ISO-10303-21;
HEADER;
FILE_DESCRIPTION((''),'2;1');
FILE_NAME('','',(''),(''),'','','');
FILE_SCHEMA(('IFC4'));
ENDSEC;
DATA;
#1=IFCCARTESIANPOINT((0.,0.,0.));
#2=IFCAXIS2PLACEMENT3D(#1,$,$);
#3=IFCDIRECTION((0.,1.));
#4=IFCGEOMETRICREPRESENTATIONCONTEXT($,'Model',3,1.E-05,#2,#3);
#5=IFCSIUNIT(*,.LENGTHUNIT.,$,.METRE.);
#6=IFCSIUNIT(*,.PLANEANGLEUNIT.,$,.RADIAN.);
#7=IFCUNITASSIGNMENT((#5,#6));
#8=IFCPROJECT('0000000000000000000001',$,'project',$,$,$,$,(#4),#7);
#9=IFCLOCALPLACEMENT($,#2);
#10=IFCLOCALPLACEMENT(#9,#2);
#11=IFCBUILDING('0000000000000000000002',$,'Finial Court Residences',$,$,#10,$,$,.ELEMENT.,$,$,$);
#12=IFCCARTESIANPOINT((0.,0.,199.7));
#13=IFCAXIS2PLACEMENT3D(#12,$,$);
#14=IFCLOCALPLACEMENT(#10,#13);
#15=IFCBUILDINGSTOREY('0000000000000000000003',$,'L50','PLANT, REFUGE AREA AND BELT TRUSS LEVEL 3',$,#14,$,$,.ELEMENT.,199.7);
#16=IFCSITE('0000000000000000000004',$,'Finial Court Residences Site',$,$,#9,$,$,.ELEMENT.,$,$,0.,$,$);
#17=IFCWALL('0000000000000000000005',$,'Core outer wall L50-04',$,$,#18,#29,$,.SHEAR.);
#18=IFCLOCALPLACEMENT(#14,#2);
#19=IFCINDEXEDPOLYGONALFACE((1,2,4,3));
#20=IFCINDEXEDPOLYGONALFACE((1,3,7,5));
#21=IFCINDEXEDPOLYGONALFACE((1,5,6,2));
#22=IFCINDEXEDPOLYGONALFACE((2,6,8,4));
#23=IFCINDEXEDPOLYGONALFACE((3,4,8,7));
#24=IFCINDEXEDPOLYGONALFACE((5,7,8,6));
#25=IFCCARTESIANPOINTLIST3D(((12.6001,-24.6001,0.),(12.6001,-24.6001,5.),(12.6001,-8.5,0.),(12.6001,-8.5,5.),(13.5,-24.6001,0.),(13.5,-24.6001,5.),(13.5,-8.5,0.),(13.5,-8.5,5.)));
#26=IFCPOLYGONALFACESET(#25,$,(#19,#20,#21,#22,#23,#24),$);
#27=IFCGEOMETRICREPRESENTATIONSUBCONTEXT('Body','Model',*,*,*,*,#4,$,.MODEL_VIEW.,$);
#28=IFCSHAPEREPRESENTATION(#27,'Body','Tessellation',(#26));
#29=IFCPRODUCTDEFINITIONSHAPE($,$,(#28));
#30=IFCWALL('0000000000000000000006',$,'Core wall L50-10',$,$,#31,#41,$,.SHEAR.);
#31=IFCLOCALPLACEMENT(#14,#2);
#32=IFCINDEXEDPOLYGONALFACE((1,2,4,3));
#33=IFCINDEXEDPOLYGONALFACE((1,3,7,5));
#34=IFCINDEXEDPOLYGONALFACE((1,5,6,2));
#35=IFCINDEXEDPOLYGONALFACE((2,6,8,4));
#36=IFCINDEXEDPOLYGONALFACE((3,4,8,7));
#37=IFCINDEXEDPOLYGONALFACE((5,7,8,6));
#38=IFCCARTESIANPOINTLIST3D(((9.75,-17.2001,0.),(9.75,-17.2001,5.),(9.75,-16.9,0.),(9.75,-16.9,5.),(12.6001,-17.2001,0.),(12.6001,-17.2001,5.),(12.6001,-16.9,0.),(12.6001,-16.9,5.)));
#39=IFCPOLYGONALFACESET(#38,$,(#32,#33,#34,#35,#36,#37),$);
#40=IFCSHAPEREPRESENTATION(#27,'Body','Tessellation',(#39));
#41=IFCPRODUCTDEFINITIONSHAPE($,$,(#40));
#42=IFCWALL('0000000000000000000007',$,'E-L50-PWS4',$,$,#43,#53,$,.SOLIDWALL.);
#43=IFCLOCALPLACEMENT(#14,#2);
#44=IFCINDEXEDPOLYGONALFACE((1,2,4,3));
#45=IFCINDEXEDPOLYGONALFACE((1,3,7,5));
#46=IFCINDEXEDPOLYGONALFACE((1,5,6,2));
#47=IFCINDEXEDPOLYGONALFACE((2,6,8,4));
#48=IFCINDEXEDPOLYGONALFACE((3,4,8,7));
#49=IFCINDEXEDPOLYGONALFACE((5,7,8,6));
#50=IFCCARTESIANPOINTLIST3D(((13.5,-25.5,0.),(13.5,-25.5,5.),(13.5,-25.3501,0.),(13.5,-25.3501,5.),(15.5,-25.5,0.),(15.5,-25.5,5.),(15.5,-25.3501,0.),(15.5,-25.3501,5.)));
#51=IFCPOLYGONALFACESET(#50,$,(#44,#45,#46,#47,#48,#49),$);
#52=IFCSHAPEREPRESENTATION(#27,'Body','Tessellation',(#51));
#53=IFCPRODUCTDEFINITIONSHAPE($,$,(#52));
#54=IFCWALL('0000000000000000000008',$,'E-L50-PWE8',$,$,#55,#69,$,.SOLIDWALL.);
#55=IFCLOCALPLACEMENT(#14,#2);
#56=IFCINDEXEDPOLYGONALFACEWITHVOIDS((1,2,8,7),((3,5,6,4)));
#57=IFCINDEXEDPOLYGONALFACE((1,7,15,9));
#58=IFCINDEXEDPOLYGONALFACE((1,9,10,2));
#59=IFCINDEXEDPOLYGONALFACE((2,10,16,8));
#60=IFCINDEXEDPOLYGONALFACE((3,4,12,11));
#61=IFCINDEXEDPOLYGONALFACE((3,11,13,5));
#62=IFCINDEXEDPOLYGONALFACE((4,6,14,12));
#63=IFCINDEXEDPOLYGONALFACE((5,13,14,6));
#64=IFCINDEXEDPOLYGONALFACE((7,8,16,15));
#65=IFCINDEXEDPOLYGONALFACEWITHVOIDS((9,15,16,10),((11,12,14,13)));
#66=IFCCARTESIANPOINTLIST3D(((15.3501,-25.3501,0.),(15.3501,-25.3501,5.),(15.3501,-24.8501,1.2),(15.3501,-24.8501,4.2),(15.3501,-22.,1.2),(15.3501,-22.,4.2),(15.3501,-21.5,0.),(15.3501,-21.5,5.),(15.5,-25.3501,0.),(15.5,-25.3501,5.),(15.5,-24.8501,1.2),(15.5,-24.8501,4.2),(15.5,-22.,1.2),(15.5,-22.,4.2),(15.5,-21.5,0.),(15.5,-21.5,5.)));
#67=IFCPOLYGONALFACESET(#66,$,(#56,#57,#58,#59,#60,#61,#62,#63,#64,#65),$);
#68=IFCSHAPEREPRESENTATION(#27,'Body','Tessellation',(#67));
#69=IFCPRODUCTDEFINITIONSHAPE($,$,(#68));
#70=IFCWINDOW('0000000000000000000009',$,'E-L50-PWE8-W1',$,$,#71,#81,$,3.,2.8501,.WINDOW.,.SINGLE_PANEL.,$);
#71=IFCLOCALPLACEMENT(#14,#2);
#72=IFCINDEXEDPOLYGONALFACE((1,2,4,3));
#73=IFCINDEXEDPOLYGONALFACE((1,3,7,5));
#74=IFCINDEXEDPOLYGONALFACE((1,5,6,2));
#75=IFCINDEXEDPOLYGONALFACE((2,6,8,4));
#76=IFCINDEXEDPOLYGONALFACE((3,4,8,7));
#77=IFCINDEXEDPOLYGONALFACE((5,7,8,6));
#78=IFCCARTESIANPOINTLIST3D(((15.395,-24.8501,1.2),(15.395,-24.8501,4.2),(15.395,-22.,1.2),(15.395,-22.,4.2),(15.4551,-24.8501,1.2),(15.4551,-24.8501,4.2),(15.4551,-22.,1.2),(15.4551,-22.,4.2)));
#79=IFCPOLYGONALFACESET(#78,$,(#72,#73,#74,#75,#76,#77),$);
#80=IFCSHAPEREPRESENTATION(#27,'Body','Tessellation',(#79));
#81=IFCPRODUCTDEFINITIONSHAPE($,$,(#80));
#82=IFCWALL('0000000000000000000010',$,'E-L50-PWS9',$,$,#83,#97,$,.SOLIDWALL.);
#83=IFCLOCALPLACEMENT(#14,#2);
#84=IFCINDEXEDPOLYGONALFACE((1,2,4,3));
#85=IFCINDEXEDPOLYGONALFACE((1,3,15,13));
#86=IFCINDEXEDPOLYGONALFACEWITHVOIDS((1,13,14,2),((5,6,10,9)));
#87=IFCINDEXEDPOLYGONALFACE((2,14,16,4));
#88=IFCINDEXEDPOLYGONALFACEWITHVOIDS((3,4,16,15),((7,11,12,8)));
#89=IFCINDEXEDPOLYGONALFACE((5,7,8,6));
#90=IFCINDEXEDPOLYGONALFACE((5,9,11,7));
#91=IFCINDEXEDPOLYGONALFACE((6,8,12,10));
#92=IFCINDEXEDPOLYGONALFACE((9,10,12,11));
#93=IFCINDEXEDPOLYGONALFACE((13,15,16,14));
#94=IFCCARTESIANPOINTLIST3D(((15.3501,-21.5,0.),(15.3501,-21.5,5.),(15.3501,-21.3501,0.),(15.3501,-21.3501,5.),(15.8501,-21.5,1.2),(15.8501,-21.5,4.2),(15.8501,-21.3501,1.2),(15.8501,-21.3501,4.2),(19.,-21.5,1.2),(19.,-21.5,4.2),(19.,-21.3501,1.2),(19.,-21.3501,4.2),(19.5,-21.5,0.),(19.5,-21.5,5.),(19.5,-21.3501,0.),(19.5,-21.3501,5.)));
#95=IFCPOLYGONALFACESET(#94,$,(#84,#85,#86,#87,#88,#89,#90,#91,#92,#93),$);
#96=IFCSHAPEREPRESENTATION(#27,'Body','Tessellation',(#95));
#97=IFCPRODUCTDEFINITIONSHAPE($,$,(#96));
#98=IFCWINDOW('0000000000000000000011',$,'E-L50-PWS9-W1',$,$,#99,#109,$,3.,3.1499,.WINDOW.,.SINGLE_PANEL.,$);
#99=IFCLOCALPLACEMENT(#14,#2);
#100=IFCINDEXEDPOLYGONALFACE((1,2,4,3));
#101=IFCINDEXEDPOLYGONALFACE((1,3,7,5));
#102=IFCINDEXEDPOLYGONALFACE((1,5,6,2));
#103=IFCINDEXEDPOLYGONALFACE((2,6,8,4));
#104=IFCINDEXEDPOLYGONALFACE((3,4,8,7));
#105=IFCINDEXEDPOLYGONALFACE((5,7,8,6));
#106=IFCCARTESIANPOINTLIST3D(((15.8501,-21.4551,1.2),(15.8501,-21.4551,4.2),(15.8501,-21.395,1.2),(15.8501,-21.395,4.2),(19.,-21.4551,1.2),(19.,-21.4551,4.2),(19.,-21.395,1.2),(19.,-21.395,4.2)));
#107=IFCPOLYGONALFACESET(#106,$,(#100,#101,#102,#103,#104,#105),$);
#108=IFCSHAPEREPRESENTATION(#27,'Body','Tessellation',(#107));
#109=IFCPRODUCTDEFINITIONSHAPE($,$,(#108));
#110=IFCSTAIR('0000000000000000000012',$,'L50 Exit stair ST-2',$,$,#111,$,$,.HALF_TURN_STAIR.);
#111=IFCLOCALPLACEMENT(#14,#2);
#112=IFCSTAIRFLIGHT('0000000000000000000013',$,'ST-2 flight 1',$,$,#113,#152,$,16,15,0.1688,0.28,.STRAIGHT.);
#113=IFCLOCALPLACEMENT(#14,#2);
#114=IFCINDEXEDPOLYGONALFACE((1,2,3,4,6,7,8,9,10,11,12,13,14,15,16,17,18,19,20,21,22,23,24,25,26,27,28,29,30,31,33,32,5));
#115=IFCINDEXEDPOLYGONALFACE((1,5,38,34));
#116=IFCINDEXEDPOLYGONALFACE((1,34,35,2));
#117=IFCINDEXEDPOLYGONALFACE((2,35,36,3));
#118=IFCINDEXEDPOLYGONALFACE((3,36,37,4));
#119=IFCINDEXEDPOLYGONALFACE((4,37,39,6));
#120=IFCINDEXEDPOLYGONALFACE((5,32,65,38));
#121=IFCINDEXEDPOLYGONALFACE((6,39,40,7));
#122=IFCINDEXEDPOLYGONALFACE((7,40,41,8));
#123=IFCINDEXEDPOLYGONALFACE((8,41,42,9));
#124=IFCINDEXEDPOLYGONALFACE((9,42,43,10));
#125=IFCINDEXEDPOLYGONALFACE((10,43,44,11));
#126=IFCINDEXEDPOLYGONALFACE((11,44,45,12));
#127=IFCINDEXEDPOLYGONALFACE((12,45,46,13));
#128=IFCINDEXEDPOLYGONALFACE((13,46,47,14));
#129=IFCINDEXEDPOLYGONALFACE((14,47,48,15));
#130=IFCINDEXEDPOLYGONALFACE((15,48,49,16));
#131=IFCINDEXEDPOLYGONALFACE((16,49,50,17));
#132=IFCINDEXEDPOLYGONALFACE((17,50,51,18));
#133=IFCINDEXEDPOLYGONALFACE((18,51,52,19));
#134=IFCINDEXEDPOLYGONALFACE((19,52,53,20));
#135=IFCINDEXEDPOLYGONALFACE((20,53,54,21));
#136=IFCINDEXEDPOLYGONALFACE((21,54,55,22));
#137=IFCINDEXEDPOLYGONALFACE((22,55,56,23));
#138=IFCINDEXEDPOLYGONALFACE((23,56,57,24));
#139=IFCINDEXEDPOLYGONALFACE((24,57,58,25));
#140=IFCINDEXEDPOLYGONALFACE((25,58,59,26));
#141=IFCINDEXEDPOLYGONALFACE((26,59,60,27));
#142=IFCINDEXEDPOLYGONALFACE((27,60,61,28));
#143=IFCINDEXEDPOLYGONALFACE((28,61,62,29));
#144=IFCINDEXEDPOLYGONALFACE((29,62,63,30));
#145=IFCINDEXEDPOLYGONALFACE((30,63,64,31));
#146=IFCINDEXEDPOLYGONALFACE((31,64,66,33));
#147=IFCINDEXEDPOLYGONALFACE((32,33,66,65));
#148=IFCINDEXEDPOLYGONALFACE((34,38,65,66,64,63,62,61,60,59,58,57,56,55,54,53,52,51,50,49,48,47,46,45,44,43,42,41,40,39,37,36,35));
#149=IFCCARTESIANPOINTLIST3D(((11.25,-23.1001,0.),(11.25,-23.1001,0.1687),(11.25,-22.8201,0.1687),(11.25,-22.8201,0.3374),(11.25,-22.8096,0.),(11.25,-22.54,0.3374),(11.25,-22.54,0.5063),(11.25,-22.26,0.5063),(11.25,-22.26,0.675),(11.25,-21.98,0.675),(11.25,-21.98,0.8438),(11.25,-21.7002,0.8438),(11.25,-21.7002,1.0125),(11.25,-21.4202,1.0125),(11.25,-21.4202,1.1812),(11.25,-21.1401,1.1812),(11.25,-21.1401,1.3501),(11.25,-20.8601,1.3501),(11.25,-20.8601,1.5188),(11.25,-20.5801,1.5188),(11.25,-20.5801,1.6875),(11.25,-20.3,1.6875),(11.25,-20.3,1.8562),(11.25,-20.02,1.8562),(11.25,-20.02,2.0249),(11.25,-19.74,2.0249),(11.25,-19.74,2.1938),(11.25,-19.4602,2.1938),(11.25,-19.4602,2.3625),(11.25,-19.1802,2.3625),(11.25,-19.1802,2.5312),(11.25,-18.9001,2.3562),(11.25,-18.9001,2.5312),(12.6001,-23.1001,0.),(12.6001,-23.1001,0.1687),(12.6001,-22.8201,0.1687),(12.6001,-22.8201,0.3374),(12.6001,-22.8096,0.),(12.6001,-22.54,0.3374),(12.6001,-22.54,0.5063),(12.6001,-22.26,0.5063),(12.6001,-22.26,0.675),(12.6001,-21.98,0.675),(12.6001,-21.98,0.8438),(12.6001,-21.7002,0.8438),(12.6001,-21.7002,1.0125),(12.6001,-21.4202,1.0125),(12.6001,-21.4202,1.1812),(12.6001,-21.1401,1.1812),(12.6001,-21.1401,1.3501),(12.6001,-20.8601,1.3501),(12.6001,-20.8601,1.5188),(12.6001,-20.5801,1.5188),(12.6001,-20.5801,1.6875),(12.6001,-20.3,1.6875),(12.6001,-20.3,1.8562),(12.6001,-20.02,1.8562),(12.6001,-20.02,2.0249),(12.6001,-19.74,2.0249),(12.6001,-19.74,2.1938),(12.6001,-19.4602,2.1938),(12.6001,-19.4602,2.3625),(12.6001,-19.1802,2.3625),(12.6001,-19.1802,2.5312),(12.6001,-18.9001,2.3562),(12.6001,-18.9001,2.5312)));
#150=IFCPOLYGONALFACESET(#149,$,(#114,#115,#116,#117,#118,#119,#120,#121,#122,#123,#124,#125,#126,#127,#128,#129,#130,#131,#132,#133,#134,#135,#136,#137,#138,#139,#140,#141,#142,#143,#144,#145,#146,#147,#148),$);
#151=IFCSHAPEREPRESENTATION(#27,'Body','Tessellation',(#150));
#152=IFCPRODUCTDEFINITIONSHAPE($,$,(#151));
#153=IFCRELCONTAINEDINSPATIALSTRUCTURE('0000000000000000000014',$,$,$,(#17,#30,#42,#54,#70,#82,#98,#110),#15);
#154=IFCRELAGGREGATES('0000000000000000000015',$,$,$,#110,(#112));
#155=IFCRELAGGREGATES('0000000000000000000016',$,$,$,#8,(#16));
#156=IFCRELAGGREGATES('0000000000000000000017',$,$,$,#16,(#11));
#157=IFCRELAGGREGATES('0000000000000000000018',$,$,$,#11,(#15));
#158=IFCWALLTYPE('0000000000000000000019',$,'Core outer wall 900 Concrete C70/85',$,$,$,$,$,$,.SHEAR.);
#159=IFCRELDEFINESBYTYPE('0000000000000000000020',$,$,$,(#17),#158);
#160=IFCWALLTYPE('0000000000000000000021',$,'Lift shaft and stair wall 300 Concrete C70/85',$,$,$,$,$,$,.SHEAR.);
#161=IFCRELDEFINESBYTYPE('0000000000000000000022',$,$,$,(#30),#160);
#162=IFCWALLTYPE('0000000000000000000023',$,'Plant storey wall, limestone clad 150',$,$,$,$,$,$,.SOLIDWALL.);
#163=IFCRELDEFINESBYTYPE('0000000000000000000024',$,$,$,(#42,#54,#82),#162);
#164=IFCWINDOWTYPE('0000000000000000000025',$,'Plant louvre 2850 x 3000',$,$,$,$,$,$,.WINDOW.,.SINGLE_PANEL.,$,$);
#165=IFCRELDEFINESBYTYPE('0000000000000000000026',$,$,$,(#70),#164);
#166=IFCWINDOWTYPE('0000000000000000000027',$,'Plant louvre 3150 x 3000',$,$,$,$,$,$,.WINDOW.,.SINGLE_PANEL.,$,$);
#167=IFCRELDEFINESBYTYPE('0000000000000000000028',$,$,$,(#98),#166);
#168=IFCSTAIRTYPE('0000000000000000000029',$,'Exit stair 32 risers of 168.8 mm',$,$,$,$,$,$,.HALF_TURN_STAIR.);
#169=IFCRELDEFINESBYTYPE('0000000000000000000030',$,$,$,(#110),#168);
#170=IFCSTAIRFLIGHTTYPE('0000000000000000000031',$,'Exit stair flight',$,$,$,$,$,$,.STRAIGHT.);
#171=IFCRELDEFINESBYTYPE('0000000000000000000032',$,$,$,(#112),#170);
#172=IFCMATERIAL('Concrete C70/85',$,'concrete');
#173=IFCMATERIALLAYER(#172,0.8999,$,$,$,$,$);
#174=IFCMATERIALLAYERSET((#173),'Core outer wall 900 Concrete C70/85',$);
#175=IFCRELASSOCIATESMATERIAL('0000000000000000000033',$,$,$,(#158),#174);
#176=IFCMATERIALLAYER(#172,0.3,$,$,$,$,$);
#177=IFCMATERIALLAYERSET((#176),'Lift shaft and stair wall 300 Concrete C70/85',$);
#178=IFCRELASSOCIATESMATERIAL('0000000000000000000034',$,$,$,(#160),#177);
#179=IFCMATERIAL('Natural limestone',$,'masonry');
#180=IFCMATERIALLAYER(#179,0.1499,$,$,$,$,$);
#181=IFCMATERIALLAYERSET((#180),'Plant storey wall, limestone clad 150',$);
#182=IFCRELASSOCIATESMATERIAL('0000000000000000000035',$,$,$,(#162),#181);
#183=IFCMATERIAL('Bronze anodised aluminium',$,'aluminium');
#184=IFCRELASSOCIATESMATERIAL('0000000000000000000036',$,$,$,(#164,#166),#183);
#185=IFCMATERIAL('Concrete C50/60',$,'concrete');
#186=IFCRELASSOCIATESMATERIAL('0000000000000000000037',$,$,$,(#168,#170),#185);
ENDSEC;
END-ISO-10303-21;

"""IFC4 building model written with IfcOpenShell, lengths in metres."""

from ifc_helpers import new_model, si_unit, direction, frame, frame_2d, origin, place, context, subcontext, project, spatial, polyline, rectangle, outline, extrude, material, layer, layer_set, type_object, element, fill, aggregate, save


model = new_model("IFC4")

# Units and contexts
model_context = context("Model", 3, precision=1e-05, world=origin(), true_north=direction((0.0, 1.0)))
body_context = subcontext(model_context, "Body", "Model", "MODEL_VIEW")
ifc_project = project(units=[si_unit("LENGTHUNIT", "METRE"), si_unit("PLANEANGLEUNIT", "RADIAN")], contexts=[model_context])

# Site, building, storey
site_placement = place(None, origin())
site = spatial("IfcSite", under=ifc_project, at=site_placement, Name="Finial Court Residences Site", CompositionType="ELEMENT", RefElevation=0.0)
building_placement = place(site_placement, origin())
building = spatial("IfcBuilding", under=site, at=building_placement, Name="Finial Court Residences", CompositionType="ELEMENT")
storey_placement = place(building_placement, frame((0.0, 0.0, 199.7)))
storey = spatial("IfcBuildingStorey", under=building, at=storey_placement, Name="L50", Description="PLANT, REFUGE AREA AND BELT TRUSS LEVEL 3", CompositionType="ELEMENT", Elevation=199.7)

# Walls
ifc_material_1 = material(Name="Concrete C70/85", Category="concrete")
ifc_layer_1 = layer(ifc_material_1, 0.8999)
ifc_layer_set_1 = layer_set([ifc_layer_1], Name="Core outer wall 900 Concrete C70/85")
wall_type_1 = type_object("IfcWallType", Name="Core outer wall 900 Concrete C70/85", PredefinedType="SHEAR", material=ifc_layer_set_1)
wall_1_placement = place(storey_placement, frame((13.05, -24.6001, 0.0), z_axis=(0.0, 0.0, 1.0), x_axis=(0.0, 1.0, 0.0)))
element("IfcWall", 1, at=wall_1_placement, inside=storey, type_object=wall_type_1, Name="Core outer wall L50-04", PredefinedType="SHEAR", context=body_context, shape_type="SweptSolid", body=[
    extrude(rectangle(XDim=16.1001, YDim=0.8999, at=frame_2d((8.05, 0.0))), origin(), (0.0, 0.0, 1.0), 5.0),
])
ifc_layer_2 = layer(ifc_material_1, 0.3)
ifc_layer_set_2 = layer_set([ifc_layer_2], Name="Lift shaft and stair wall 300 Concrete C70/85")
wall_type_2 = type_object("IfcWallType", Name="Lift shaft and stair wall 300 Concrete C70/85", PredefinedType="SHEAR", material=ifc_layer_set_2)
wall_2_placement = place(storey_placement, frame((9.75, -17.05, 0.0), z_axis=(0.0, 0.0, 1.0), x_axis=(1.0, 0.0, 0.0)))
element("IfcWall", 2, at=wall_2_placement, inside=storey, type_object=wall_type_2, Name="Core wall L50-10", PredefinedType="SHEAR", context=body_context, shape_type="SweptSolid", body=[
    extrude(rectangle(XDim=2.8501, YDim=0.3, at=frame_2d((1.425, 0.0))), origin(), (0.0, 0.0, 1.0), 5.0),
])
ifc_material_2 = material(Name="Natural limestone", Category="masonry")
ifc_layer_3 = layer(ifc_material_2, 0.1499)
ifc_layer_set_3 = layer_set([ifc_layer_3], Name="Plant storey wall, limestone clad 150")
wall_type_3 = type_object("IfcWallType", Name="Plant storey wall, limestone clad 150", PredefinedType="SOLIDWALL", material=ifc_layer_set_3)
wall_3_placement = place(storey_placement, frame((15.5, -25.425, 0.0), z_axis=(0.0, 0.0, 1.0), x_axis=(-1.0, 0.0, 0.0)))
element("IfcWall", 3, at=wall_3_placement, inside=storey, type_object=wall_type_3, Name="E-L50-PWS4", PredefinedType="SOLIDWALL", context=body_context, shape_type="SweptSolid", body=[
    extrude(rectangle(XDim=2.0, YDim=0.1499, at=frame_2d((1.0, 0.0))), origin(), (0.0, 0.0, 1.0), 5.0),
])

# Walls, openings, windows
wall_4_placement = place(storey_placement, frame((15.425, -21.5, 0.0), z_axis=(0.0, 0.0, 1.0), x_axis=(0.0, -1.0, 0.0)))
wall_4 = element("IfcWall", 4, at=wall_4_placement, inside=storey, type_object=wall_type_3, Name="E-L50-PWE8", PredefinedType="SOLIDWALL", context=body_context, shape_type="SweptSolid", body=[
    extrude(rectangle(XDim=3.8501, YDim=0.1499, at=frame_2d((1.925, 0.0))), origin(), (0.0, 0.0, 1.0), 5.0),
])
opening_1_placement = place(wall_4_placement, frame((0.5, 0.0, 1.2)))
opening_1 = element("IfcOpeningElement", 5, at=opening_1_placement, cuts=wall_4, PredefinedType="OPENING", context=body_context, shape_type="SweptSolid", body=[
    extrude(rectangle(XDim=2.8501, YDim=3.0, at=frame_2d((1.425, 1.5))), frame((0.0, 0.085, 0.0), z_axis=(0.0, -1.0, 0.0), x_axis=(1.0, 0.0, 0.0)), (0.0, 0.0, 1.0), 0.1699),
])
ifc_material_3 = material(Name="Bronze anodised aluminium", Category="aluminium")
window_type_1 = type_object("IfcWindowType", Name="Plant louvre 2850 x 3000", PartitioningType="SINGLE_PANEL", PredefinedType="WINDOW", material=ifc_material_3)
window_1_placement = place(opening_1_placement, origin())
window_1 = element("IfcWindow", 6, at=window_1_placement, inside=storey, type_object=window_type_1, Name="E-L50-PWE8-W1", OverallHeight=3.0, OverallWidth=2.8501, PartitioningType="SINGLE_PANEL", PredefinedType="WINDOW", context=body_context, shape_type="SweptSolid", body=[
    extrude(rectangle(XDim=2.8501, YDim=3.0, at=frame_2d((1.425, 1.5))), frame((0.0, 0.03, 0.0), z_axis=(0.0, -1.0, 0.0), x_axis=(1.0, 0.0, 0.0)), (0.0, 0.0, 1.0), 0.0601),
])
fill(opening_1, window_1)
wall_5_placement = place(storey_placement, frame((19.5, -21.425, 0.0), z_axis=(0.0, 0.0, 1.0), x_axis=(-1.0, 0.0, 0.0)))
wall_5 = element("IfcWall", 7, at=wall_5_placement, inside=storey, type_object=wall_type_3, Name="E-L50-PWS9", PredefinedType="SOLIDWALL", context=body_context, shape_type="SweptSolid", body=[
    extrude(rectangle(XDim=4.1499, YDim=0.1499, at=frame_2d((2.075, 0.0))), origin(), (0.0, 0.0, 1.0), 5.0),
])
opening_2_placement = place(wall_5_placement, frame((0.5, 0.0, 1.2)))
opening_2 = element("IfcOpeningElement", 8, at=opening_2_placement, cuts=wall_5, PredefinedType="OPENING", context=body_context, shape_type="SweptSolid", body=[
    extrude(rectangle(XDim=3.1499, YDim=3.0, at=frame_2d((1.575, 1.5))), frame((0.0, 0.085, 0.0), z_axis=(0.0, -1.0, 0.0), x_axis=(1.0, 0.0, 0.0)), (0.0, 0.0, 1.0), 0.1699),
])
window_type_2 = type_object("IfcWindowType", Name="Plant louvre 3150 x 3000", PartitioningType="SINGLE_PANEL", PredefinedType="WINDOW", material=ifc_material_3)
window_2_placement = place(opening_2_placement, origin())
window_2 = element("IfcWindow", 9, at=window_2_placement, inside=storey, type_object=window_type_2, Name="E-L50-PWS9-W1", OverallHeight=3.0, OverallWidth=3.1499, PartitioningType="SINGLE_PANEL", PredefinedType="WINDOW", context=body_context, shape_type="SweptSolid", body=[
    extrude(rectangle(XDim=3.1499, YDim=3.0, at=frame_2d((1.575, 1.5))), frame((0.0, 0.03, 0.0), z_axis=(0.0, -1.0, 0.0), x_axis=(1.0, 0.0, 0.0)), (0.0, 0.0, 1.0), 0.0601),
])
fill(opening_2, window_2)

# Stair, stair flight
ifc_material_4 = material(Name="Concrete C50/60", Category="concrete")
stair_type = type_object("IfcStairType", Name="Exit stair 32 risers of 168.8 mm", PredefinedType="HALF_TURN_STAIR", material=ifc_material_4)
stair_placement = place(storey_placement, origin())
stair = element("IfcStair", 10, at=stair_placement, inside=storey, type_object=stair_type, Name="L50 Exit stair ST-2", PredefinedType="HALF_TURN_STAIR")
stair_flight_type = type_object("IfcStairFlightType", Name="Exit stair flight", PredefinedType="STRAIGHT", material=ifc_material_4)
stair_flight_1_placement = place(storey_placement, frame((11.925, -23.1001, 0.0), z_axis=(0.0, 0.0, 1.0), x_axis=(0.0, 1.0, 0.0)))
stair_flight_1 = element("IfcStairFlight", 11, at=stair_flight_1_placement, type_object=stair_flight_type, Name="ST-2 flight 1", NumberOfRisers=16, NumberOfTreads=15, PredefinedType="STRAIGHT", RiserHeight=0.1688, TreadLength=0.28, context=body_context, shape_type="SweptSolid", body=[
    extrude(outline(polyline([(0.0, 0.0), (0.0, 0.1687), (0.28, 0.1687), (0.28, 0.3374), (0.5601, 0.3374), (0.5601, 0.5063), (0.8401, 0.5063), (0.8401, 0.675), (1.1201, 0.675), (1.1201, 0.8438), (1.3999, 0.8438), (1.3999, 1.0125), (1.6799, 1.0125), (1.6799, 1.1812), (1.96, 1.1812), (1.96, 1.3501), (2.24, 1.3501), (2.24, 1.5188), (2.52, 1.5188), (2.52, 1.6875), (2.8, 1.6875), (2.8, 1.8562), (3.0801, 1.8562), (3.0801, 2.0249), (3.3601, 2.0249), (3.3601, 2.1938), (3.6399, 2.1938), (3.6399, 2.3625), (3.9199, 2.3625), (3.9199, 2.5312), (4.2, 2.5312), (4.2, 2.7), (4.2, 2.3562), (0.2905, 0.0), (0.0, 0.0)])), frame((0.0, 0.675, 0.0), z_axis=(0.0, -1.0, 0.0), x_axis=(1.0, 0.0, 0.0)), (0.0, 0.0, 1.0), 1.3501),
])
aggregate(stair, [stair_flight_1])

save(model, "model.ifc")
